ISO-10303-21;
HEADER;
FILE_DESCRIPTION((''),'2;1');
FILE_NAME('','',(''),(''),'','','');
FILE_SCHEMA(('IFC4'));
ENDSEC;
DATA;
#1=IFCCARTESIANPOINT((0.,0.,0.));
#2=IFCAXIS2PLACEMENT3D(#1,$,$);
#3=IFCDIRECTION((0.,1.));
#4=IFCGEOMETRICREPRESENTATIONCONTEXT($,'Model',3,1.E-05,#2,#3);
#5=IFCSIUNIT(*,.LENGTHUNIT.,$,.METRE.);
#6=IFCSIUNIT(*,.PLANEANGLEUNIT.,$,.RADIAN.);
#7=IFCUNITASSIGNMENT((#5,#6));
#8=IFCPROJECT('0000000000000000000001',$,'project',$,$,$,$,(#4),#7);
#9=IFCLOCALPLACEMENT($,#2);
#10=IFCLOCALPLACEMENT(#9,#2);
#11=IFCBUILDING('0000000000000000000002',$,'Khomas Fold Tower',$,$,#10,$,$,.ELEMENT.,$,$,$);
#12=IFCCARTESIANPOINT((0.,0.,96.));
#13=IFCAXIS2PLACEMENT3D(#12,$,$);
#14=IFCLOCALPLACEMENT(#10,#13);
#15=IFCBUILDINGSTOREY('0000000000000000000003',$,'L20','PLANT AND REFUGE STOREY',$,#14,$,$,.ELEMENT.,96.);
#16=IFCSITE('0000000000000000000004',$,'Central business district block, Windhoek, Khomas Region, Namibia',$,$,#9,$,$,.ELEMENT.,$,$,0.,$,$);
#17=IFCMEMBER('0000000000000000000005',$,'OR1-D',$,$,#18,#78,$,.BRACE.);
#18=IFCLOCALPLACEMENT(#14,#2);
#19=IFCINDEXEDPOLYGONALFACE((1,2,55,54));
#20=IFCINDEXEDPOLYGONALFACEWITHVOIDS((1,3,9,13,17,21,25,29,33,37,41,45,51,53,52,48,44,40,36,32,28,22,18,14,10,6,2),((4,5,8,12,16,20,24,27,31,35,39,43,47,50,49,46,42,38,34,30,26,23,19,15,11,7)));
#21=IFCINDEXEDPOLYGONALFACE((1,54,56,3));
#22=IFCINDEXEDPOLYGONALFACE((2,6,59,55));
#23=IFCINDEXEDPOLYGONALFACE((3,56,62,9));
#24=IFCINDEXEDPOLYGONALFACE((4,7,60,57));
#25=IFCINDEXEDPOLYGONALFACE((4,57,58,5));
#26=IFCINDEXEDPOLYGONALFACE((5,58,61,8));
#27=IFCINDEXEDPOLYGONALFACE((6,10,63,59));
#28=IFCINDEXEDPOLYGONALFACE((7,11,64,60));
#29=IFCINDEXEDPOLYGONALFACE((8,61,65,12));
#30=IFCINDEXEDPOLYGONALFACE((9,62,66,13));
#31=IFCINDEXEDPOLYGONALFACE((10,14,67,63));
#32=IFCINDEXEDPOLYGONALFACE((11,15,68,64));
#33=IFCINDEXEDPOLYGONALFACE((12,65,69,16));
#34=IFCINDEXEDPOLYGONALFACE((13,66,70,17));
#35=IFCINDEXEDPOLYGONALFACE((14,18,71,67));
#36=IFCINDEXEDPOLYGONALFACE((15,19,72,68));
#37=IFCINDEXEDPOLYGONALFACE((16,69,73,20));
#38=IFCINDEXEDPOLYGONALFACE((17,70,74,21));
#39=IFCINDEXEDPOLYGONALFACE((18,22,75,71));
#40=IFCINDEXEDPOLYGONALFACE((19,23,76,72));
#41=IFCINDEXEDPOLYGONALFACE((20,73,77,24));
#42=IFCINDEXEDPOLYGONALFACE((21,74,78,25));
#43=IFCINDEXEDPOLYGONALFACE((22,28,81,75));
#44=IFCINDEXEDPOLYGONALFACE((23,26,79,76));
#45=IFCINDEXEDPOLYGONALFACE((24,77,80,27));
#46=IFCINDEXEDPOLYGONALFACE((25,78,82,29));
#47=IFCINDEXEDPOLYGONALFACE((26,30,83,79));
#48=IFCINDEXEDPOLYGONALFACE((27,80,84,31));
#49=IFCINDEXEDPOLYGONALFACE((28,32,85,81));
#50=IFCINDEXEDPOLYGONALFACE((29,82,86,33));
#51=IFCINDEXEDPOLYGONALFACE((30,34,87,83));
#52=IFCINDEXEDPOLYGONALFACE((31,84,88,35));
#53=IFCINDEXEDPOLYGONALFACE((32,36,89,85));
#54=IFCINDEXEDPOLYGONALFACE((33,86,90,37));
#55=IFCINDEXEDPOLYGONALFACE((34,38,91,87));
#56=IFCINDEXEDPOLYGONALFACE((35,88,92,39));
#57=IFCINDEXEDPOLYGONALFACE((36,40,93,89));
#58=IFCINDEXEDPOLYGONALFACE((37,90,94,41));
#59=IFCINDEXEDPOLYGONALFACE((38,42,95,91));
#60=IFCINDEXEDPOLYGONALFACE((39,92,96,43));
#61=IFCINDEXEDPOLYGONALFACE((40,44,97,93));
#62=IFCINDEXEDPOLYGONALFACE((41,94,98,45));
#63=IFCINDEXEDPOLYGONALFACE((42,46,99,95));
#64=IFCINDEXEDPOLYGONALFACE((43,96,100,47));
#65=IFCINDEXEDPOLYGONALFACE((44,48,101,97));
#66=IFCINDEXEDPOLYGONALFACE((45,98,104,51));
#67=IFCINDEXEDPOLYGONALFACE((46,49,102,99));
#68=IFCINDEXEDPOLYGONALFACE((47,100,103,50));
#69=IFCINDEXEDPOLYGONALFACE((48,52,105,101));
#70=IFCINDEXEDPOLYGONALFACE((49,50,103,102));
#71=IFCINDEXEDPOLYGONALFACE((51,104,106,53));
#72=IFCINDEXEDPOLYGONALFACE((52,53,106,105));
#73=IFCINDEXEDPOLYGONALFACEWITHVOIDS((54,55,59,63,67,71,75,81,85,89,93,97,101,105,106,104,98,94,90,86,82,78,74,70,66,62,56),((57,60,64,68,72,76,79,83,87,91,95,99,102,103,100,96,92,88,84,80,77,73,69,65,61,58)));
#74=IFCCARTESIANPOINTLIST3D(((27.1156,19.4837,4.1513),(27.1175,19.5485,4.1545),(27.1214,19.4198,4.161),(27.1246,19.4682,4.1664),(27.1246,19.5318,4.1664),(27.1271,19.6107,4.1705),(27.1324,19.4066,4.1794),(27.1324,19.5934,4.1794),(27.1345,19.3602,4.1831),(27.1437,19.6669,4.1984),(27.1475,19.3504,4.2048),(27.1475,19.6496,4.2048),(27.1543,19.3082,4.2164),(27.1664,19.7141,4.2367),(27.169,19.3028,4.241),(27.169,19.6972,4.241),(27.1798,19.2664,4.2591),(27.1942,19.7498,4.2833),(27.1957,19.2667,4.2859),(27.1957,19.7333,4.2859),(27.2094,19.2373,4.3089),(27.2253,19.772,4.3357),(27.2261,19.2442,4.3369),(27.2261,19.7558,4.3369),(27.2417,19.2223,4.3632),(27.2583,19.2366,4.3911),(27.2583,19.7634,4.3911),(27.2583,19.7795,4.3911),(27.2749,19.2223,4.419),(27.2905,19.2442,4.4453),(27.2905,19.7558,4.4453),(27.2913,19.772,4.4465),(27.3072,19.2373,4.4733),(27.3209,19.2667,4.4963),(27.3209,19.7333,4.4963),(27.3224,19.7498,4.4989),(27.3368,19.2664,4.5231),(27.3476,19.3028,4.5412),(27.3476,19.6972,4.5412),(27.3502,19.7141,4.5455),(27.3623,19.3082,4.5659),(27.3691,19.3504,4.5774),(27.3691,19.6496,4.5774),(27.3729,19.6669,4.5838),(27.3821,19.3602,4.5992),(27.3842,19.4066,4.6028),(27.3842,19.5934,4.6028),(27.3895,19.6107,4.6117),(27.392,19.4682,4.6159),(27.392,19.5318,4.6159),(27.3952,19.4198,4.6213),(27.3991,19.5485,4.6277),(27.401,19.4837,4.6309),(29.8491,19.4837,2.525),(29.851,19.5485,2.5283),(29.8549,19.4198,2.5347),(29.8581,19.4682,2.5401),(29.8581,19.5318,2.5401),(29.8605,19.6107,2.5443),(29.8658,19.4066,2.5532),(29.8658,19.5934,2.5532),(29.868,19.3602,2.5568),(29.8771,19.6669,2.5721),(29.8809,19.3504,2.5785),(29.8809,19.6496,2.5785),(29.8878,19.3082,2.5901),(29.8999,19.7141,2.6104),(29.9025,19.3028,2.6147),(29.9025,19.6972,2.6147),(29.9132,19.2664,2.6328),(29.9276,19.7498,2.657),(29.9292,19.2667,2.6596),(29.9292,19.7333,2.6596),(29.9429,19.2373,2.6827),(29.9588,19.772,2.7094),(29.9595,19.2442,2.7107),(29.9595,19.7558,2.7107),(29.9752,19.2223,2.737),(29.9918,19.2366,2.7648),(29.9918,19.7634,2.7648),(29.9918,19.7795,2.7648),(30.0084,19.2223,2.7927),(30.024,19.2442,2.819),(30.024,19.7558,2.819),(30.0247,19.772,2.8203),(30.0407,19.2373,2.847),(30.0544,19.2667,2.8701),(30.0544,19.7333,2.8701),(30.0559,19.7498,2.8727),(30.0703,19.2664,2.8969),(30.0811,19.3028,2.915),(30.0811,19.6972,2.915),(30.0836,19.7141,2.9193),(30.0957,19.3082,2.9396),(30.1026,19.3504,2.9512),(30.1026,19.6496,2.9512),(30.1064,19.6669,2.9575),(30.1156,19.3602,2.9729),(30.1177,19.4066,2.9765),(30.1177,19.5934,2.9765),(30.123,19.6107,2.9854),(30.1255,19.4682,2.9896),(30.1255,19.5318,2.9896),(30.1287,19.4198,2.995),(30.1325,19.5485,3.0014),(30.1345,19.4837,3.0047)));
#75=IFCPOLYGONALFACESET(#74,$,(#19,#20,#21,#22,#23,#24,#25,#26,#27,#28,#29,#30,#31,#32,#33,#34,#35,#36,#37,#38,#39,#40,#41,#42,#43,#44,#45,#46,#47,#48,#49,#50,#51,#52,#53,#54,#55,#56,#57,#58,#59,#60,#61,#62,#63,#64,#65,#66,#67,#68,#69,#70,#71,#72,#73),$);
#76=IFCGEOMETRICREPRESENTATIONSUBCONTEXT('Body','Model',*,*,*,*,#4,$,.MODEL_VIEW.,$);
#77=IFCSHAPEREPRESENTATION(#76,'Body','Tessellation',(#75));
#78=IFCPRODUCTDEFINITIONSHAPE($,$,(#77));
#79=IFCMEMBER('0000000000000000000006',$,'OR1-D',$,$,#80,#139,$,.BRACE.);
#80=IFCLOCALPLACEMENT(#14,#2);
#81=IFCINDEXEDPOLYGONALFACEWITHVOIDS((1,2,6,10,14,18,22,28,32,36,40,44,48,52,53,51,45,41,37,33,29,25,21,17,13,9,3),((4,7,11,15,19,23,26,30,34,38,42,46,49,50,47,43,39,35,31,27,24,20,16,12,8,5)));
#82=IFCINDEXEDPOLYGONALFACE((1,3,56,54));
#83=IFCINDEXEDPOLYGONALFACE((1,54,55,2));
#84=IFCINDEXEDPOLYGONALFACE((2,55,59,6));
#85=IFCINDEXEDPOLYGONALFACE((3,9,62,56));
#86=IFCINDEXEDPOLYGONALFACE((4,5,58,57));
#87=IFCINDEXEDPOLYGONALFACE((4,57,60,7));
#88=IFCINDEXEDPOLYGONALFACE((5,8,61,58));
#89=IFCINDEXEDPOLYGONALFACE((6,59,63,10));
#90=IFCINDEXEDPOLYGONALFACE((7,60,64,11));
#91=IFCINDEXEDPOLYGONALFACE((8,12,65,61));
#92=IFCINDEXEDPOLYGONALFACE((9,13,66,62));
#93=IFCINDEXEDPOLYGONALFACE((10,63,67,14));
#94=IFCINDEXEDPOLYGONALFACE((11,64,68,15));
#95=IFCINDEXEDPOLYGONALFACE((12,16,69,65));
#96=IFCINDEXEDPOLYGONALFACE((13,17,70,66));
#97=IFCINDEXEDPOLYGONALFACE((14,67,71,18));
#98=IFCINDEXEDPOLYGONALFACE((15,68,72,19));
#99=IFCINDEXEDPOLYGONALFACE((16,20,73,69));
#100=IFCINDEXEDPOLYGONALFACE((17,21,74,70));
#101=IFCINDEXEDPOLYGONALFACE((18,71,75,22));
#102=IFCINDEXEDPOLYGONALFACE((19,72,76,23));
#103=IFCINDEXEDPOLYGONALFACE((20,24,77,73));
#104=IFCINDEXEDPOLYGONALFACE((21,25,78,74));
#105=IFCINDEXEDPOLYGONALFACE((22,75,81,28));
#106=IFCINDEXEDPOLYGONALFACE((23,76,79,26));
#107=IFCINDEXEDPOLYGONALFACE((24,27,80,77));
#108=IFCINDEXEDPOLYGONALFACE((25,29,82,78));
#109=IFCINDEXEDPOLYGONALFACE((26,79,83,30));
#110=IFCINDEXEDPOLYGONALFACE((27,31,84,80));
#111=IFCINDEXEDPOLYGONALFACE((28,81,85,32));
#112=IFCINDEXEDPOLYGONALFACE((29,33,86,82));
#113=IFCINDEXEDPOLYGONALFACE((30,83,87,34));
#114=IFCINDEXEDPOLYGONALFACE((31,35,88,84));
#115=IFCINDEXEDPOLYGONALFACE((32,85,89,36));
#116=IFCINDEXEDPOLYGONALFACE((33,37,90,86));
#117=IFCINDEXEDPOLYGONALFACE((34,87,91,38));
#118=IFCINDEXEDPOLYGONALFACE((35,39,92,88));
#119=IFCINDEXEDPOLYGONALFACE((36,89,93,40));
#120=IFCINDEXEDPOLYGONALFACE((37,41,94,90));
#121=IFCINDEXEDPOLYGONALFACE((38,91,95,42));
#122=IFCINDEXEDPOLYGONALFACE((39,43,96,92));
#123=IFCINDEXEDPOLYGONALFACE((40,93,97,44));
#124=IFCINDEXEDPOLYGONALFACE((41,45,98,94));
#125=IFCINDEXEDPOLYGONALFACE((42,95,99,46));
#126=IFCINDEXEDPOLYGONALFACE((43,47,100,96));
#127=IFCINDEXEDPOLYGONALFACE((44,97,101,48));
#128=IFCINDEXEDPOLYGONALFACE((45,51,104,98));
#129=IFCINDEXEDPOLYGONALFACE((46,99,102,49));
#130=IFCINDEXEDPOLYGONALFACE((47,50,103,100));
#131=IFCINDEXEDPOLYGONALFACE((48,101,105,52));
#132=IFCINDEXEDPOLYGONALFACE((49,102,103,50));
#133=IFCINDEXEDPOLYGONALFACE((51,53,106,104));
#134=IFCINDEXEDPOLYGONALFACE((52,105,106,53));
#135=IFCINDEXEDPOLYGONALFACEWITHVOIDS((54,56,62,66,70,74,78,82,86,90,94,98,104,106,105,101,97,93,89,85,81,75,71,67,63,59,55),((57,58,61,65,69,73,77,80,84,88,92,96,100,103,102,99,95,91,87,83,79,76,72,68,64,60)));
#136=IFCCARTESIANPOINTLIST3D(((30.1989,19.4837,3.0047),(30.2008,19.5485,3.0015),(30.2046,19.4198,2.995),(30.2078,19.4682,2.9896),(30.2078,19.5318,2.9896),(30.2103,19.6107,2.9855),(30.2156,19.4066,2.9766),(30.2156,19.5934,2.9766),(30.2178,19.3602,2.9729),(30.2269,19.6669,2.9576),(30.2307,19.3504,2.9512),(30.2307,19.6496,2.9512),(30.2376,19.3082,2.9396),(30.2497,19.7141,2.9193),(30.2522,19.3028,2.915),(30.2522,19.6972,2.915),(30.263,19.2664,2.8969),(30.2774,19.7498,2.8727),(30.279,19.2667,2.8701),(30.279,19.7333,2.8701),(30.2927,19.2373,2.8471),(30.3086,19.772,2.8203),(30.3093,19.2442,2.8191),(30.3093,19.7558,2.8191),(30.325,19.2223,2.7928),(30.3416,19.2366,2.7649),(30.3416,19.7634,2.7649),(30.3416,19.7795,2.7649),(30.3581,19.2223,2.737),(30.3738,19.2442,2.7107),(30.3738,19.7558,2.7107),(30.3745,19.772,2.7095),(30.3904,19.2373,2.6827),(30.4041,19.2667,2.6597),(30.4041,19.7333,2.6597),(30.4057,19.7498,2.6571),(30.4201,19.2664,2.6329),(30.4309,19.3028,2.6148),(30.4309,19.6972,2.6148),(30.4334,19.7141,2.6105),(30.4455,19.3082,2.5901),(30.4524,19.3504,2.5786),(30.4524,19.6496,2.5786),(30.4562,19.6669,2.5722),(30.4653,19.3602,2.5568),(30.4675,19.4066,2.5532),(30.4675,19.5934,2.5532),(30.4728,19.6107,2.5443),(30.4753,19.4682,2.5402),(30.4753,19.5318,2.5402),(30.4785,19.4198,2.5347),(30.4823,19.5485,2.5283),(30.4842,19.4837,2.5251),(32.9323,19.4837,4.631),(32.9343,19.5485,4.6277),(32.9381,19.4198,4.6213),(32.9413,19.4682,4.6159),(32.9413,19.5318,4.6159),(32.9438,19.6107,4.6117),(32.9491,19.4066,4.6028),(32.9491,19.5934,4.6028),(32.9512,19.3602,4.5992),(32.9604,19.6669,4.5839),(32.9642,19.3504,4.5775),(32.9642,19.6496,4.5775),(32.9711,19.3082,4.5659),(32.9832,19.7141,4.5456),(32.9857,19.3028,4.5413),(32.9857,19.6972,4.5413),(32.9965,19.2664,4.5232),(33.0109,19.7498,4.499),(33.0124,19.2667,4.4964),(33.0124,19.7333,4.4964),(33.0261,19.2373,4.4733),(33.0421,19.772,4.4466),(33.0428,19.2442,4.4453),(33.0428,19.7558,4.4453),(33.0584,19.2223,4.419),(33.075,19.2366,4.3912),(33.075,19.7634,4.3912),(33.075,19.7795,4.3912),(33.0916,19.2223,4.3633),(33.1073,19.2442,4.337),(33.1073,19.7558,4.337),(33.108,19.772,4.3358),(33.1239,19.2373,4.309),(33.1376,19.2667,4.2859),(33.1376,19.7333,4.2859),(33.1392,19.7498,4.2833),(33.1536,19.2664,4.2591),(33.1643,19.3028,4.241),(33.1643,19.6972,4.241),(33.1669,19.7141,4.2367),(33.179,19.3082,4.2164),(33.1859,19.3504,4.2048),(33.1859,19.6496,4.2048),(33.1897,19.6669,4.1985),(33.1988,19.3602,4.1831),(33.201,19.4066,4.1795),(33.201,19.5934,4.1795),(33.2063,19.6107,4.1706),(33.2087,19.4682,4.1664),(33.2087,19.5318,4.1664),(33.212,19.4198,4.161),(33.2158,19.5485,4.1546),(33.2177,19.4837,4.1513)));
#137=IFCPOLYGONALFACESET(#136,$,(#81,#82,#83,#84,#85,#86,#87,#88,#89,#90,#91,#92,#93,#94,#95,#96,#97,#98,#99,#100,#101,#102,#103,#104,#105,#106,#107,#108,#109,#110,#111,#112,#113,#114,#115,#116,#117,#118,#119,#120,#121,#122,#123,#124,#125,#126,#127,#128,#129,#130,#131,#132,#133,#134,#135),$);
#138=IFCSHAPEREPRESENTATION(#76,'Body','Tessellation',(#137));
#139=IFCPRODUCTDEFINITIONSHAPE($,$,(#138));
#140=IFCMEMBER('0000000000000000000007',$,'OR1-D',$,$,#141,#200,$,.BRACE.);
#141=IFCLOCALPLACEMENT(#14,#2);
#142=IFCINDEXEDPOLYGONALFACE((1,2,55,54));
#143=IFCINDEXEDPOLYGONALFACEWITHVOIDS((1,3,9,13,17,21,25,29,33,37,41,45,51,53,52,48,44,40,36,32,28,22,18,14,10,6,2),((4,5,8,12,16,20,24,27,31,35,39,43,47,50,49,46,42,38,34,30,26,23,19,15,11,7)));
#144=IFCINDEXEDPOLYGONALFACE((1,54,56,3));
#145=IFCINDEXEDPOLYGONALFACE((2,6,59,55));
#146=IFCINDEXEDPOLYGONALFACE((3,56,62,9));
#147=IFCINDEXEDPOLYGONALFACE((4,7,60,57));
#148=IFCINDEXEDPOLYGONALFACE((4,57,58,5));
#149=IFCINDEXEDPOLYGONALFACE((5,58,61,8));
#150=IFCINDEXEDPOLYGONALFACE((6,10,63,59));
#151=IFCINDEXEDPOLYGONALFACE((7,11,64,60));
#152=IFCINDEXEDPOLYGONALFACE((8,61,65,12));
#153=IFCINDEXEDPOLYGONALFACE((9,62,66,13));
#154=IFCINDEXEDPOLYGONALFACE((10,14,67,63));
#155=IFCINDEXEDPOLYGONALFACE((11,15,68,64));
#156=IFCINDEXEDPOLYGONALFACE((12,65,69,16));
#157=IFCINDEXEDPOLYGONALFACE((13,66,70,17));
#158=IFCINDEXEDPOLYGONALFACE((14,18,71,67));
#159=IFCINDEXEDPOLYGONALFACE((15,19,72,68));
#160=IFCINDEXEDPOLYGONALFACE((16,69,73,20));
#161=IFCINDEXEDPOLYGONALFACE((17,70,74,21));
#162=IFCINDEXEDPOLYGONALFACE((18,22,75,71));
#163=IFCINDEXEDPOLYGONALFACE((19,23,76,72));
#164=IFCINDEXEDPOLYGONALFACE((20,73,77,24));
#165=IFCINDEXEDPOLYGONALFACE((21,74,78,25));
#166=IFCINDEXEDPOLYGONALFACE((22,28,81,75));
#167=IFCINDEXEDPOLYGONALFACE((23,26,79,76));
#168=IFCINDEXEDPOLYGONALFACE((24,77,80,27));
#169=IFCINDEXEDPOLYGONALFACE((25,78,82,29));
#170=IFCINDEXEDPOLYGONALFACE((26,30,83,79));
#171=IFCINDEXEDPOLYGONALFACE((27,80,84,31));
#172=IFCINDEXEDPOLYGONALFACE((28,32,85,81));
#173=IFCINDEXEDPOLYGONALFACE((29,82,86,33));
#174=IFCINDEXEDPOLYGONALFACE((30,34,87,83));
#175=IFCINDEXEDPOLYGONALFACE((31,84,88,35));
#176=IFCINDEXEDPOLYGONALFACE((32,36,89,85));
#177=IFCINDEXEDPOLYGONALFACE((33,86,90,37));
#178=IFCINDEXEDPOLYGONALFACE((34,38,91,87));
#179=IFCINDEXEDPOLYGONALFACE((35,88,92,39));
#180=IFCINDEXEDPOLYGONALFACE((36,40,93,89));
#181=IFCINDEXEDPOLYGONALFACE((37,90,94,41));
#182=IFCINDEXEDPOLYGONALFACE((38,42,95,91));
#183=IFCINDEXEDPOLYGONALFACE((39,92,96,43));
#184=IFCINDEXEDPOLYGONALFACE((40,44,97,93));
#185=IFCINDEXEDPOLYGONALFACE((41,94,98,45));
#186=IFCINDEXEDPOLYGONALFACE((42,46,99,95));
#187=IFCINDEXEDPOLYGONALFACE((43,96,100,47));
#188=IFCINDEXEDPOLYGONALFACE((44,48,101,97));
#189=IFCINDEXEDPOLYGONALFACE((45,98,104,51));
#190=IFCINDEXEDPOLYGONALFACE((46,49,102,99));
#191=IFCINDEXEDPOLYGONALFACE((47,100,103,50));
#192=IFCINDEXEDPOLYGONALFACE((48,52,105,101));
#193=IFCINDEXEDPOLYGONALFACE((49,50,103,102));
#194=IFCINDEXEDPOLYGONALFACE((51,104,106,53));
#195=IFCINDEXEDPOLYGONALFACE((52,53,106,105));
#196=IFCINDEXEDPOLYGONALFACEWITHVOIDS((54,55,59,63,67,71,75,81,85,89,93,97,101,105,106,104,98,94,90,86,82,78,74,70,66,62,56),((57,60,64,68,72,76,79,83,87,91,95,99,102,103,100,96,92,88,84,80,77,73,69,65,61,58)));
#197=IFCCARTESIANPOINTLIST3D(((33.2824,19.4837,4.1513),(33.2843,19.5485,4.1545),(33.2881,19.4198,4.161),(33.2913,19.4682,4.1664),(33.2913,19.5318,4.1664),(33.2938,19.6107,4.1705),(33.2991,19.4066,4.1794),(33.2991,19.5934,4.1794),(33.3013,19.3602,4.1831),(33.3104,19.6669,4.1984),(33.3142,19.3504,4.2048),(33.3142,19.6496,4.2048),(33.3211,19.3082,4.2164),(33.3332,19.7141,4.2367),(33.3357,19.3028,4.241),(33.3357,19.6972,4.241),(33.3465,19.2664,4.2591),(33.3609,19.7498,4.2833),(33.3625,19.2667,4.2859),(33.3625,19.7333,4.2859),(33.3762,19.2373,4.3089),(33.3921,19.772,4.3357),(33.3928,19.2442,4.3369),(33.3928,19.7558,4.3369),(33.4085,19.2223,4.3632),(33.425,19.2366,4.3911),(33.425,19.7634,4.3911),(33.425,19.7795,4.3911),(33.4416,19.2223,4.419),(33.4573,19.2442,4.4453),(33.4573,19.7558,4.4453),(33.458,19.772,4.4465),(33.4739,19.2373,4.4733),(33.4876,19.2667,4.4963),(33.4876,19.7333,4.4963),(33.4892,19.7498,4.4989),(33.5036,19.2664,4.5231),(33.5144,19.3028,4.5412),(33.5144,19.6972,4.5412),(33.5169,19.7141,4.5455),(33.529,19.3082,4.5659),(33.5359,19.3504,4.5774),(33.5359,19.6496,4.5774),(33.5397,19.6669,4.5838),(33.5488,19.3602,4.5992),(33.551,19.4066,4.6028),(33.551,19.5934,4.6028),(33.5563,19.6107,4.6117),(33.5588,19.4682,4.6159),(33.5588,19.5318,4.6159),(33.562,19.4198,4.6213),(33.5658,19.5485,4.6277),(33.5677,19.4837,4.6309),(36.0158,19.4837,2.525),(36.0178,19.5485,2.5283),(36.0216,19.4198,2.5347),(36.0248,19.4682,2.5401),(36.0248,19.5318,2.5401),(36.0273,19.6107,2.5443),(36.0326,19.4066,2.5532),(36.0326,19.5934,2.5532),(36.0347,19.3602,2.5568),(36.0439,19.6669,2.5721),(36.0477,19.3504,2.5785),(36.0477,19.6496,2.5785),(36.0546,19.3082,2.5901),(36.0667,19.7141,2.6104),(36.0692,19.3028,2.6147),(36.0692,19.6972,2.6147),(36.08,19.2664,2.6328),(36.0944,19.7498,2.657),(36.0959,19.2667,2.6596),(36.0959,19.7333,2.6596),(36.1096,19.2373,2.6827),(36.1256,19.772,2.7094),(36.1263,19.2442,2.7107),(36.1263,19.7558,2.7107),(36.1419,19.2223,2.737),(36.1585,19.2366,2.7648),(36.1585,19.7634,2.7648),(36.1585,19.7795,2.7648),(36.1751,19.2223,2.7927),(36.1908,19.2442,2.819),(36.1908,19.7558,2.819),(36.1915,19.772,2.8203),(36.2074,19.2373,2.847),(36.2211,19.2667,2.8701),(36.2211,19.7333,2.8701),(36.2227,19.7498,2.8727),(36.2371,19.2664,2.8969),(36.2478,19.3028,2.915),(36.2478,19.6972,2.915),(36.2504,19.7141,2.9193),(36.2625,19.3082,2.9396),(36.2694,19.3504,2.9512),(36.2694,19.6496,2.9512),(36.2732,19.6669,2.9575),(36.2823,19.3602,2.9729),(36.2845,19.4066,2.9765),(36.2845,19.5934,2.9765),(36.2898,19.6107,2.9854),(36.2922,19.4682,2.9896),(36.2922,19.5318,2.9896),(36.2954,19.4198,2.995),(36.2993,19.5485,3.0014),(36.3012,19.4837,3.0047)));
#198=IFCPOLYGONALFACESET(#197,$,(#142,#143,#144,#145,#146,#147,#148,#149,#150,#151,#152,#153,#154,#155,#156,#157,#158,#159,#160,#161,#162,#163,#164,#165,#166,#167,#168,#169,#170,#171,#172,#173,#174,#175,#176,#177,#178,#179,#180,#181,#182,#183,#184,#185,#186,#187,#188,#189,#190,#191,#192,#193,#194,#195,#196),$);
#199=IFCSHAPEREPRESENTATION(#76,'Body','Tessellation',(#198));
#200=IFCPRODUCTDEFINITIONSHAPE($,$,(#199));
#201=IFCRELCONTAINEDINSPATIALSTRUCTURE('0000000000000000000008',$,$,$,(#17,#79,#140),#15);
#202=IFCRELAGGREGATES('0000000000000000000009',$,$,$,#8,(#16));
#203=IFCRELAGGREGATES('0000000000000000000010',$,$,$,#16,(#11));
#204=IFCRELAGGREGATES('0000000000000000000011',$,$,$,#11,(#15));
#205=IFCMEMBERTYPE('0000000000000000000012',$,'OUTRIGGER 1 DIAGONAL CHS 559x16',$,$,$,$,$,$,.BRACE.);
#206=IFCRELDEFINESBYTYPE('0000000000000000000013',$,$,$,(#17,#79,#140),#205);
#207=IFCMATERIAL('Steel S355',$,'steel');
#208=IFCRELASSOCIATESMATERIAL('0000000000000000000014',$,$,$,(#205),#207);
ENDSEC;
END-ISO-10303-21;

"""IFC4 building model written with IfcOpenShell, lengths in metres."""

from ifc_helpers import new_model, si_unit, direction, frame, origin, origin_2d, place, context, subcontext, project, spatial, hollow_circle, extrude, source, transform, mapped, material, material_profile, profile_set, type_object, element, save


model = new_model("IFC4")

# Units and contexts
model_context = context("Model", 3, precision=1e-05, world=origin(), true_north=direction((0.0, 1.0)))
body_context = subcontext(model_context, "Body", "Model", "MODEL_VIEW")
ifc_project = project(units=[si_unit("LENGTHUNIT", "METRE"), si_unit("PLANEANGLEUNIT", "RADIAN")], contexts=[model_context])

# Site, building, storey
site_placement = place(None, origin())
site = spatial("IfcSite", under=ifc_project, at=site_placement, Name="Central business district block, Windhoek, Khomas Region, Namibia", CompositionType="ELEMENT", RefElevation=0.0)
building_placement = place(site_placement, origin())
building = spatial("IfcBuilding", under=site, at=building_placement, Name="Khomas Fold Tower", CompositionType="ELEMENT")
storey_placement = place(building_placement, frame((0.0, 0.0, 96.0)))
storey = spatial("IfcBuildingStorey", under=building, at=storey_placement, Name="L20", Description="PLANT AND REFUGE STOREY", CompositionType="ELEMENT", Elevation=96.0)

# Members
ifc_material_1 = material(Name="Steel S355", Category="steel")
ifc_material_profile_1 = material_profile(ifc_material_1, hollow_circle(Radius=0.2795, WallThickness=0.0161, at=origin_2d()), Name="CHS 559x16")
ifc_profile_set_1 = profile_set([ifc_material_profile_1], Name="Steel S355")
member_type_1 = type_object("IfcMemberType", Name="OUTRIGGER 1 DIAGONAL CHS 559x16", PredefinedType="BRACE", material=ifc_profile_set_1)
shared_shape_1 = source(origin(), body_context, "Body", "SweptSolid", [
    extrude(hollow_circle(Radius=0.2795, WallThickness=0.0161, at=origin_2d()), origin(), (0.0, 0.0, 1.0), 3.1807),
])
for number, where, z_axis, x_axis, name in (
    (1, (27.2583, 19.5, 4.3911), (0.859404, 0.0, -0.511298), (0.0, 1.0, 0.0), "OR1-D"),
    (2, (30.3416, 19.5, 2.7649), (0.859404, 0.0, 0.511298), (0.0, 1.0, 0.0), "OR1-D"),
    (3, (33.425, 19.5, 4.3911), (0.859404, 0.0, -0.511298), (0.0, 1.0, 0.0), "OR1-D"),
):
    element("IfcMember", number, at=place(storey_placement, frame(where, z_axis=z_axis, x_axis=x_axis)), inside=storey, type_object=member_type_1, Name=name, PredefinedType="BRACE", context=body_context, shape_type="MappedRepresentation", body=[
        mapped(shared_shape_1, transform((0.0, 0.0, 0.0))),
    ])

save(model, "model.ifc")
